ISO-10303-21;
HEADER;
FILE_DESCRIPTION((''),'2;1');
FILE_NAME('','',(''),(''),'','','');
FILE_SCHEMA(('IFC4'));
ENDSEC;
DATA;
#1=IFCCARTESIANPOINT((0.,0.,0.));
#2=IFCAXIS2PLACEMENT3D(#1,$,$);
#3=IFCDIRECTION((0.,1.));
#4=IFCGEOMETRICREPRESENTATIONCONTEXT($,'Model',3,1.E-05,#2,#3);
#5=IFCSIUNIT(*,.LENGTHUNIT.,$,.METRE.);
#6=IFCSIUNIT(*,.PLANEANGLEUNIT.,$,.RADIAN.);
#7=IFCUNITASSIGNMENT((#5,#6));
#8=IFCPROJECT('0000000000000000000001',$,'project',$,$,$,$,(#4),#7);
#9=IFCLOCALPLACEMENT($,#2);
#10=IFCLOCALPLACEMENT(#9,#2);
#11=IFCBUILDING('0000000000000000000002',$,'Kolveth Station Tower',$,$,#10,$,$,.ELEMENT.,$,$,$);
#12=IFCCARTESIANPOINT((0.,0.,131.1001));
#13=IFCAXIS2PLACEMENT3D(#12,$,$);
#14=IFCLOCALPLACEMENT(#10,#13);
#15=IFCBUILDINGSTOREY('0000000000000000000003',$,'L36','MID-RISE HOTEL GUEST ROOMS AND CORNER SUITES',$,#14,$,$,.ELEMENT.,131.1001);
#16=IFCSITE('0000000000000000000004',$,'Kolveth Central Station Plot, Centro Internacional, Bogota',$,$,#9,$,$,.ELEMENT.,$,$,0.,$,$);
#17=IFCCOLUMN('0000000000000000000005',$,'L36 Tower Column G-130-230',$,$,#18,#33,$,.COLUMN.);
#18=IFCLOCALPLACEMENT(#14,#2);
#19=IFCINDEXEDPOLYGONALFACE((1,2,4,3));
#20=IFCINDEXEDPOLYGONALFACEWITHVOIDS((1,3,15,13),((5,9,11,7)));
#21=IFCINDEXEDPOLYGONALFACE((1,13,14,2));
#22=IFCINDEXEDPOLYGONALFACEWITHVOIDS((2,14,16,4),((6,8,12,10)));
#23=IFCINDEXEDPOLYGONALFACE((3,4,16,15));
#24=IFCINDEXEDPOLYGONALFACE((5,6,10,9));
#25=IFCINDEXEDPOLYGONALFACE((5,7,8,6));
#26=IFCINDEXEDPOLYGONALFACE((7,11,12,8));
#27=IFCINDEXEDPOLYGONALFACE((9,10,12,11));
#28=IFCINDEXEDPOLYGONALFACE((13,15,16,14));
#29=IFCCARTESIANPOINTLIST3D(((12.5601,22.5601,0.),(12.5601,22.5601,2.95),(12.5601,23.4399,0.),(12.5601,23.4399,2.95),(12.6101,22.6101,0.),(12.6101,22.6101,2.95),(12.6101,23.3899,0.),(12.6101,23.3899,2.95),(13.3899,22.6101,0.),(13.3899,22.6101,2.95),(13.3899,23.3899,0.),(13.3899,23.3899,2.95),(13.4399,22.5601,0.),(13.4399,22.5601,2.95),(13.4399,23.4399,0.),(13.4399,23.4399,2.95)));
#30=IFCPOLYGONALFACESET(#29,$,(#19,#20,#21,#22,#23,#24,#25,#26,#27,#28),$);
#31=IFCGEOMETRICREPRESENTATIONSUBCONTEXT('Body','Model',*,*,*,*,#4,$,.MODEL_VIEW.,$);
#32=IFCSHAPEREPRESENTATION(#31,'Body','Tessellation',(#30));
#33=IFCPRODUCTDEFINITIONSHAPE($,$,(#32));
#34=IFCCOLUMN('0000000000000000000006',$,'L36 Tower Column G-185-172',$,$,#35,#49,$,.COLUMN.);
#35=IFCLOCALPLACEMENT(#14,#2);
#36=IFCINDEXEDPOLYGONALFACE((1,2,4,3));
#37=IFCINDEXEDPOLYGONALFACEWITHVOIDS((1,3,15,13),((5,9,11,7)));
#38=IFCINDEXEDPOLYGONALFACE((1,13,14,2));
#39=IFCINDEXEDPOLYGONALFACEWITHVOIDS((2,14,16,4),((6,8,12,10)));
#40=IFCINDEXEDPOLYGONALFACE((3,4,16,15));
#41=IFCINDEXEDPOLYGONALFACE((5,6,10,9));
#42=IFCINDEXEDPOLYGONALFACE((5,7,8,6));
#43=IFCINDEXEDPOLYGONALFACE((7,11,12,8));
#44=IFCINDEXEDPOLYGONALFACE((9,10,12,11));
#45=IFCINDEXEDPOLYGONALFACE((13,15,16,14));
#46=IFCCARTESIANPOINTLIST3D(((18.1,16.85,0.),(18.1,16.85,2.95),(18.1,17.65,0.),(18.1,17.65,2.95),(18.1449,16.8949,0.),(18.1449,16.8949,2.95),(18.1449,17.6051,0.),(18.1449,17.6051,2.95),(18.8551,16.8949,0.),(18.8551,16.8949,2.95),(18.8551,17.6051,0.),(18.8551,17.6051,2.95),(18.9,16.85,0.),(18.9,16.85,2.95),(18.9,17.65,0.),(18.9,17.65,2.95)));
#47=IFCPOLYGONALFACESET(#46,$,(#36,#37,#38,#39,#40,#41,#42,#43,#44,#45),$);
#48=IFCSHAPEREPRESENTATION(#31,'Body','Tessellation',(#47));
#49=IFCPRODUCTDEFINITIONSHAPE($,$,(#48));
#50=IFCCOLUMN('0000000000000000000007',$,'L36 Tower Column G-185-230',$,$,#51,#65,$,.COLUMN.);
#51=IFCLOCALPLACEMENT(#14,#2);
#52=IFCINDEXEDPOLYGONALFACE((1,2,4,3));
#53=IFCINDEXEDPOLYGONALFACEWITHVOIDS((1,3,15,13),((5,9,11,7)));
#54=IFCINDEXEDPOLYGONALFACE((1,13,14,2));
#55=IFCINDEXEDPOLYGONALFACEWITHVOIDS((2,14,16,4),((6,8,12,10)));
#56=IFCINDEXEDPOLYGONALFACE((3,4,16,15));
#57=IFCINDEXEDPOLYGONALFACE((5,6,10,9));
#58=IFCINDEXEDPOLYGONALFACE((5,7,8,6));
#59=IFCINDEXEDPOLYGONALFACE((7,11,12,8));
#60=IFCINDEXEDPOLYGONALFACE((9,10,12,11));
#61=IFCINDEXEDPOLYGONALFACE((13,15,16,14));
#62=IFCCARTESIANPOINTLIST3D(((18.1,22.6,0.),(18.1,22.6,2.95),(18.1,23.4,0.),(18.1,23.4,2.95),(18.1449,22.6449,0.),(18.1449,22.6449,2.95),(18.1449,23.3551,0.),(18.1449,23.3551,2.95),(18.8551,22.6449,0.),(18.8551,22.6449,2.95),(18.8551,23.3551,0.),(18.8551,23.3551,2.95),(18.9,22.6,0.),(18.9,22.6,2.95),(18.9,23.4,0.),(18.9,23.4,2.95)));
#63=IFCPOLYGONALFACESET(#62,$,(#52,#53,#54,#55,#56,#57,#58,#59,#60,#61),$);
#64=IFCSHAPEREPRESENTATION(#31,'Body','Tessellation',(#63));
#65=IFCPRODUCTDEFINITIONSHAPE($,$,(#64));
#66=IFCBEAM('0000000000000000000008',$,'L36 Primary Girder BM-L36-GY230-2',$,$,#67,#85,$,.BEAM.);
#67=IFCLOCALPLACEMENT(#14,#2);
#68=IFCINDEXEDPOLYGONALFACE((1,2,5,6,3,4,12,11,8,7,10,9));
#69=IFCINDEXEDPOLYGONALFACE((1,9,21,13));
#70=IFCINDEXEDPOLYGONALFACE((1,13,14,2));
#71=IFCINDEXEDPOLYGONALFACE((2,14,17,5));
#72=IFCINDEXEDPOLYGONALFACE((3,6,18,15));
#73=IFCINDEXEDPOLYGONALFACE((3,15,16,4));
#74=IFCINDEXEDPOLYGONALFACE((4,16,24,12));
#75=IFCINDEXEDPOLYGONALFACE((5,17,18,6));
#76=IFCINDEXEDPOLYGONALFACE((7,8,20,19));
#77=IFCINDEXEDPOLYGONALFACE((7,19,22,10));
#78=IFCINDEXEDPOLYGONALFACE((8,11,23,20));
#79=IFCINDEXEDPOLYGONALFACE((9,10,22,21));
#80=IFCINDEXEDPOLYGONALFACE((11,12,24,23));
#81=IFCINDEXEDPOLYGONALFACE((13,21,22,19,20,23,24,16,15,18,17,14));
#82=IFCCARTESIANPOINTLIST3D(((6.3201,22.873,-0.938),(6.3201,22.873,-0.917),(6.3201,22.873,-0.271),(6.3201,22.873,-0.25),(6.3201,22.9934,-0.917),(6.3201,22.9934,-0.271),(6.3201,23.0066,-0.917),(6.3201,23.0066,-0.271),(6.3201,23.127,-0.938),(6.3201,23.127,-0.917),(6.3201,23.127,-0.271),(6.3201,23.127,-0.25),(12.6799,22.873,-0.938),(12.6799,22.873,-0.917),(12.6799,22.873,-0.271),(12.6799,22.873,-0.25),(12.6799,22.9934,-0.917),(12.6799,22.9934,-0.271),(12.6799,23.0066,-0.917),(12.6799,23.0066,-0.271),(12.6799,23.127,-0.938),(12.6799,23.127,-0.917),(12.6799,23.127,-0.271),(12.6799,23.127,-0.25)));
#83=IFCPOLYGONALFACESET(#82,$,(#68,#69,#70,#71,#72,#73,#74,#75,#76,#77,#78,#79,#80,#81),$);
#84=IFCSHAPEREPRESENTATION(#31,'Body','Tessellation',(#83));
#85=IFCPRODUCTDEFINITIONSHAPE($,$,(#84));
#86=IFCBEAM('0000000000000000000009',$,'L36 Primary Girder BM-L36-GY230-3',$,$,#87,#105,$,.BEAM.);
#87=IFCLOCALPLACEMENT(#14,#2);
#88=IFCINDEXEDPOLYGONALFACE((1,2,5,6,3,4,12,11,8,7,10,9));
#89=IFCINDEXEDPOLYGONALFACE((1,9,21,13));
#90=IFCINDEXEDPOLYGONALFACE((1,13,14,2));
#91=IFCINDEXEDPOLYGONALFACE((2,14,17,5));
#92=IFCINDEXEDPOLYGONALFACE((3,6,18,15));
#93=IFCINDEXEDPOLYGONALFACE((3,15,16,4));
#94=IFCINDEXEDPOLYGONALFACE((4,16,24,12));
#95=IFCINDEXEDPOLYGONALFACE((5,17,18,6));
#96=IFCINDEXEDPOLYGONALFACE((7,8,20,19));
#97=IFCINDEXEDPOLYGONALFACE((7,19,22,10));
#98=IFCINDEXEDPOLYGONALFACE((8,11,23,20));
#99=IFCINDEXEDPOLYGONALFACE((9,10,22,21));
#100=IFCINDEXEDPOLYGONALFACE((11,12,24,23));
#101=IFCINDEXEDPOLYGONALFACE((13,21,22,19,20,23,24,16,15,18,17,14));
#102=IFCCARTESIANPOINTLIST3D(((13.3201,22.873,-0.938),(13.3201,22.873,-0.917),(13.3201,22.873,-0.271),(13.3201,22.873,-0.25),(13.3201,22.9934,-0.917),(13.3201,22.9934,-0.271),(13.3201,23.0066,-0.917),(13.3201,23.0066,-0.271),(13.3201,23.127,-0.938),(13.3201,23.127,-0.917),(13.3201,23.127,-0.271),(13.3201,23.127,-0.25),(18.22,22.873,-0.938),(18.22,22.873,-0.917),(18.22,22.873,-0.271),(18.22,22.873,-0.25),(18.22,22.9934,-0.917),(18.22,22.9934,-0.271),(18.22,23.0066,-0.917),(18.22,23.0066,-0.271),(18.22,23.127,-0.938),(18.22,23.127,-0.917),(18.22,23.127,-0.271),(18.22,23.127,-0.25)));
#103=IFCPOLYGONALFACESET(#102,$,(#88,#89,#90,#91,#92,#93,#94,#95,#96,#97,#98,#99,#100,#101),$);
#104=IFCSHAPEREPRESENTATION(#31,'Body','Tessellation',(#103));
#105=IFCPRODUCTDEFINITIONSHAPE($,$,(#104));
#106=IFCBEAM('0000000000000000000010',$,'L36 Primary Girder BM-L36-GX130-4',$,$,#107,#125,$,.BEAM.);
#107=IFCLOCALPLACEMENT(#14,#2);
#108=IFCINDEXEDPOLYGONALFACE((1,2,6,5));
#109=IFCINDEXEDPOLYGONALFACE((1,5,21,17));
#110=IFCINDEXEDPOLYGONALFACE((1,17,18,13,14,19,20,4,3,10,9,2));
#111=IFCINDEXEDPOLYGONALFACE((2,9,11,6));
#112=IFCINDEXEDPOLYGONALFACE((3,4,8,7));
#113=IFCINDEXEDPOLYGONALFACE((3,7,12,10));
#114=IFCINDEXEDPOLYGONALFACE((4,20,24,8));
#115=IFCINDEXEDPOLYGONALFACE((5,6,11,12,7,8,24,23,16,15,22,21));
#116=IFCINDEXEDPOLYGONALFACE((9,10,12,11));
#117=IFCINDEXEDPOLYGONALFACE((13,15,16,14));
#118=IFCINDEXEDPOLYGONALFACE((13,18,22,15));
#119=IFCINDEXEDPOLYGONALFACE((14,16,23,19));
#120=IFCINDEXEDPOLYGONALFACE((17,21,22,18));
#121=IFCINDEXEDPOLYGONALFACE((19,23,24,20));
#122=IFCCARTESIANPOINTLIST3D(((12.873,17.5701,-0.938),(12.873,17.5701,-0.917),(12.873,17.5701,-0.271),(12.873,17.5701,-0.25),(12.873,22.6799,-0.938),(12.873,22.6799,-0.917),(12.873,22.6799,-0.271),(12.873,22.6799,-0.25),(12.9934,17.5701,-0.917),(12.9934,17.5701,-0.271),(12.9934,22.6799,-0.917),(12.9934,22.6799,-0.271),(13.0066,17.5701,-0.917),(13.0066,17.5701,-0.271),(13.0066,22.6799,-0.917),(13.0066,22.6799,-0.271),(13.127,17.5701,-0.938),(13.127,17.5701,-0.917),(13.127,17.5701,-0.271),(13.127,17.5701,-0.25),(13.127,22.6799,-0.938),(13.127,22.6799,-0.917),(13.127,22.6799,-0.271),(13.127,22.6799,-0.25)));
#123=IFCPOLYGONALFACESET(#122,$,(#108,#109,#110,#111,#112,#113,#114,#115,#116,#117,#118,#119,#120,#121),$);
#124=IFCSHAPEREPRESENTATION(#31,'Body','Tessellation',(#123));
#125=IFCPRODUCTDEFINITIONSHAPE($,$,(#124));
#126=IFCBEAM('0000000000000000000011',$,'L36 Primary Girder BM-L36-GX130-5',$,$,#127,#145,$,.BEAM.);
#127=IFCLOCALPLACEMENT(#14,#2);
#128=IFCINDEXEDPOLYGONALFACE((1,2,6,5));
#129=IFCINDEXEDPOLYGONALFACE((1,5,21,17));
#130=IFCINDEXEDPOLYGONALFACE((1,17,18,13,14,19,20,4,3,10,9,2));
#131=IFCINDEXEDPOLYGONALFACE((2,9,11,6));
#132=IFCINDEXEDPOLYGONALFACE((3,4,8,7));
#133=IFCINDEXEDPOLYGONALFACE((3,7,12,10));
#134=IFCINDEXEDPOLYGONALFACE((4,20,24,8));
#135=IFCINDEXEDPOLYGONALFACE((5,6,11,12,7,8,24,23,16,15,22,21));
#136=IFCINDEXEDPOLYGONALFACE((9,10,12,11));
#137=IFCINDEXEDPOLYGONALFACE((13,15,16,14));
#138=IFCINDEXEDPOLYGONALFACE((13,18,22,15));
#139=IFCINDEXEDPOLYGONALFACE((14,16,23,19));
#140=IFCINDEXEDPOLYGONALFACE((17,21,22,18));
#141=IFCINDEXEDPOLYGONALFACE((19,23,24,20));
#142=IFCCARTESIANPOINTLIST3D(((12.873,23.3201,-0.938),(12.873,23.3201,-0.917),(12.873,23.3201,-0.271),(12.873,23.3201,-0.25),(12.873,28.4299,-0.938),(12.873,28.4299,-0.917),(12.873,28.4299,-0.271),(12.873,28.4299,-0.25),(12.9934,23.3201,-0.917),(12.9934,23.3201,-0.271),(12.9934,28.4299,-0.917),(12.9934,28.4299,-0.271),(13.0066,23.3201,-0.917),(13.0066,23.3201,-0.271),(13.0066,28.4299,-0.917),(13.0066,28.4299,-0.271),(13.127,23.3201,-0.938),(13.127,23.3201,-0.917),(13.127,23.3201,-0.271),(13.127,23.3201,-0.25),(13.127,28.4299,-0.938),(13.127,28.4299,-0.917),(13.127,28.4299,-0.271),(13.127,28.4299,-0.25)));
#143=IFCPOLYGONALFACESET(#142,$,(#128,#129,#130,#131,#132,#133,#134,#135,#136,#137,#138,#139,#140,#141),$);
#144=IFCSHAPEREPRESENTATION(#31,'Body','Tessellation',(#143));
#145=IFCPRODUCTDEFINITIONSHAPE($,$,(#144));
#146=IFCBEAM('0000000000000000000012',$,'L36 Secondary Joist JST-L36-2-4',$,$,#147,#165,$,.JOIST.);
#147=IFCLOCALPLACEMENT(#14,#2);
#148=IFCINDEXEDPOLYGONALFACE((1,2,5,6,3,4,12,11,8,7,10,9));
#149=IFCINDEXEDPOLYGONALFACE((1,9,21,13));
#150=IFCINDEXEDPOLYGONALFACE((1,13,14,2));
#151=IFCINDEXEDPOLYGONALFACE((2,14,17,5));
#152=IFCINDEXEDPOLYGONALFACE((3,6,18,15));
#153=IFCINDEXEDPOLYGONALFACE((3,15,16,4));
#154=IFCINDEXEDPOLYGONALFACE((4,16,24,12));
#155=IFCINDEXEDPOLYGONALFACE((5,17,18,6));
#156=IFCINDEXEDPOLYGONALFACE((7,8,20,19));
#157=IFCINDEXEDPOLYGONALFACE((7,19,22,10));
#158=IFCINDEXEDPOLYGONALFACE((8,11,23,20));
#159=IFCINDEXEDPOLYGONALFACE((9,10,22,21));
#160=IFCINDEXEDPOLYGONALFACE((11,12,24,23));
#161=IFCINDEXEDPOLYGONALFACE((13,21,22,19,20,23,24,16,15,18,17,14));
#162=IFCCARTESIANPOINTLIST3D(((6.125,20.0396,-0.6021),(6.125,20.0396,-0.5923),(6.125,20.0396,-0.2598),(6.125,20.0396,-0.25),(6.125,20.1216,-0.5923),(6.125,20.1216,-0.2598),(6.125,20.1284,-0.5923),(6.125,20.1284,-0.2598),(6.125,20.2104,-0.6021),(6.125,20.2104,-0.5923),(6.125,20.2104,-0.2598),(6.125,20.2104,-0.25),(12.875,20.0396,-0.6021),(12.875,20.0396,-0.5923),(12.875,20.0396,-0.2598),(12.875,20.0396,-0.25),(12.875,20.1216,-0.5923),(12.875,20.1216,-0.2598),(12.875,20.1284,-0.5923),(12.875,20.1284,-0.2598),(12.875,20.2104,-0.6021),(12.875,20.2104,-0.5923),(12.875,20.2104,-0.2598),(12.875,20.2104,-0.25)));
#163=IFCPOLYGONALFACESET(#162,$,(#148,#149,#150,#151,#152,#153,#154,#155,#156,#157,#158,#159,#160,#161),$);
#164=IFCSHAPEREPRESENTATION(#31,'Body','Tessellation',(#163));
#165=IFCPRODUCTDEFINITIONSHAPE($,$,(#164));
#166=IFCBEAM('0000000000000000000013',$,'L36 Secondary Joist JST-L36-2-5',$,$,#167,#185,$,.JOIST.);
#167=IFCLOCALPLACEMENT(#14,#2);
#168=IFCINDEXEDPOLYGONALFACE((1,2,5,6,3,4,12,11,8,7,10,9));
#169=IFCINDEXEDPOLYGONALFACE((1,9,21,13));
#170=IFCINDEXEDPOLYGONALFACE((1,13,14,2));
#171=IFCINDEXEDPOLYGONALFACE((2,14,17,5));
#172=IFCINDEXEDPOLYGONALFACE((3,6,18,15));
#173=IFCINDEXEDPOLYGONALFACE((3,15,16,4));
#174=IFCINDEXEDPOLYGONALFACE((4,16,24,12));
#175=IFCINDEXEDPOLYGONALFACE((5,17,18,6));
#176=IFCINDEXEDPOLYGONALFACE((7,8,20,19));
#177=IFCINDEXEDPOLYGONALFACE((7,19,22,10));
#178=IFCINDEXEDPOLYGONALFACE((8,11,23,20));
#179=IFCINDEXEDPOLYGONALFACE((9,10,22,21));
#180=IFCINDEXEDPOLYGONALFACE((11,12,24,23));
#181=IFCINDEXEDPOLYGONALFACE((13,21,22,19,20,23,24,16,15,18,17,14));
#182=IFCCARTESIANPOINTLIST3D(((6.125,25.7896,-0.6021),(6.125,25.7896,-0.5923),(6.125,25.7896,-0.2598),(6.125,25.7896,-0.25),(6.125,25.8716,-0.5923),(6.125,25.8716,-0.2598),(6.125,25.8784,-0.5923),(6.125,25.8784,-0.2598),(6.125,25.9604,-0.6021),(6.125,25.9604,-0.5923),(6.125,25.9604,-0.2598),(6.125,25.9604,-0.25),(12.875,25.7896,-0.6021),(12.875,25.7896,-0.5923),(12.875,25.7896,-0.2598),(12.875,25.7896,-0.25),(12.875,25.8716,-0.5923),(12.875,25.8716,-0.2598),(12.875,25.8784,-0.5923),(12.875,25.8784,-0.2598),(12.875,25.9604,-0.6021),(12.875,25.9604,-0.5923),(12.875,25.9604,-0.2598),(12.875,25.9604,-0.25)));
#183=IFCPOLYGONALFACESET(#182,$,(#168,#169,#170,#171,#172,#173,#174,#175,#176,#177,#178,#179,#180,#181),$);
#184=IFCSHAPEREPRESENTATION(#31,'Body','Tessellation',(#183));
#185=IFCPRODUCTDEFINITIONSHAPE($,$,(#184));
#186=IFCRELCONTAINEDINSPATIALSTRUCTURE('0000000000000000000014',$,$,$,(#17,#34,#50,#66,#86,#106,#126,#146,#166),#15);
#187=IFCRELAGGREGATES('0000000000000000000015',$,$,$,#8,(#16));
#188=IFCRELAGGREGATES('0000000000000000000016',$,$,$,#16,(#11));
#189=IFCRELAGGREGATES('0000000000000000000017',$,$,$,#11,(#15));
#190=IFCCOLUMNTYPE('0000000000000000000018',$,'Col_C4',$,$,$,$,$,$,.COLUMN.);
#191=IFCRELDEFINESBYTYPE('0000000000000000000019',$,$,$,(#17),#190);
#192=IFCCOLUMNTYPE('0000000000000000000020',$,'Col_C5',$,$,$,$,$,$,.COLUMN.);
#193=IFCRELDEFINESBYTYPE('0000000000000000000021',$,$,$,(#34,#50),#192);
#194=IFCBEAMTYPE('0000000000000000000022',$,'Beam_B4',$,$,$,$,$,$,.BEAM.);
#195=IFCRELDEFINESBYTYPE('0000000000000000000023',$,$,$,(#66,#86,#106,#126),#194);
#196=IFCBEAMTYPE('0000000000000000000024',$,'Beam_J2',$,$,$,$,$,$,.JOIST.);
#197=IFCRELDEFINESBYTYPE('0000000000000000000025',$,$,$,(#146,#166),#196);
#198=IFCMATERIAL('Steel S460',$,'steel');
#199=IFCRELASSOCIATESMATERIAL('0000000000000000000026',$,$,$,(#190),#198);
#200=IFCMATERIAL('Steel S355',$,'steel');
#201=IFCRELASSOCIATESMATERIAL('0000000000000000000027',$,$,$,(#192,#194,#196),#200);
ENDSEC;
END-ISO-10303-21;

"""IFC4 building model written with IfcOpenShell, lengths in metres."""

from ifc_helpers import new_model, si_unit, direction, frame, origin, origin_2d, place, context, subcontext, project, spatial, hollow_rectangle, i_section, extrude, source, transform, mapped, material, material_profile, profile_set, type_object, element, save


model = new_model("IFC4")

# Units and contexts
model_context = context("Model", 3, precision=1e-05, world=origin(), true_north=direction((0.0, 1.0)))
body_context = subcontext(model_context, "Body", "Model", "MODEL_VIEW")
ifc_project = project(units=[si_unit("LENGTHUNIT", "METRE"), si_unit("PLANEANGLEUNIT", "RADIAN")], contexts=[model_context])

# Site, building, storey
site_placement = place(None, origin())
site = spatial("IfcSite", under=ifc_project, at=site_placement, Name="Kolveth Central Station Plot, Centro Internacional, Bogota", CompositionType="ELEMENT", RefElevation=0.0)
building_placement = place(site_placement, origin())
building = spatial("IfcBuilding", under=site, at=building_placement, Name="Kolveth Station Tower", CompositionType="ELEMENT")
storey_placement = place(building_placement, frame((0.0, 0.0, 131.1001)))
storey = spatial("IfcBuildingStorey", under=building, at=storey_placement, Name="L36", Description="MID-RISE HOTEL GUEST ROOMS AND CORNER SUITES", CompositionType="ELEMENT", Elevation=131.1001)

# Columns
ifc_material_1 = material(Name="Steel S460", Category="steel")
ifc_material_profile_1 = material_profile(ifc_material_1, hollow_rectangle(XDim=0.8799, YDim=0.8799, WallThickness=0.05, at=origin_2d()), Name="BOX880x880x50")
ifc_profile_set_1 = profile_set([ifc_material_profile_1], Name="Steel S460")
column_type_1 = type_object("IfcColumnType", Name="Col_C4", PredefinedType="COLUMN", material=ifc_profile_set_1)
shared_shape_1 = source(origin(), body_context, "Body", "SweptSolid", [
    extrude(hollow_rectangle(XDim=0.8799, YDim=0.8799, WallThickness=0.05, at=origin_2d()), origin(), (0.0, 0.0, 1.0), 2.95),
])
column_placement = place(storey_placement, frame((13.0, 23.0, 0.0), z_axis=(0.0, 0.0, 1.0), x_axis=(1.0, 0.0, 0.0)))
element("IfcColumn", 1, at=column_placement, inside=storey, type_object=column_type_1, Name="L36 Tower Column G-130-230", PredefinedType="COLUMN", context=body_context, shape_type="MappedRepresentation", body=[
    mapped(shared_shape_1, transform((0.0, 0.0, 0.0), x_axis=(1.0, 0.0, 0.0), y_axis=(0.0, 1.0, 0.0), z_axis=(0.0, 0.0, 1.0), scale=1.0)),
])
ifc_material_2 = material(Name="Steel S355", Category="steel")
ifc_material_profile_2 = material_profile(ifc_material_2, hollow_rectangle(XDim=0.8, YDim=0.8, WallThickness=0.0449, at=origin_2d()), Name="BOX800x800x45")
ifc_profile_set_2 = profile_set([ifc_material_profile_2], Name="Steel S355")
column_type_2 = type_object("IfcColumnType", Name="Col_C5", PredefinedType="COLUMN", material=ifc_profile_set_2)
shared_shape_2 = source(origin(), body_context, "Body", "SweptSolid", [
    extrude(hollow_rectangle(XDim=0.8, YDim=0.8, WallThickness=0.0449, at=origin_2d()), origin(), (0.0, 0.0, 1.0), 2.95),
])
for number, where, z_axis, x_axis, name in (
    (2, (18.5, 17.25, 0.0), (0.0, 0.0, 1.0), (1.0, 0.0, 0.0), "L36 Tower Column G-185-172"),
    (3, (18.5, 23.0, 0.0), (0.0, 0.0, 1.0), (1.0, 0.0, 0.0), "L36 Tower Column G-185-230"),
):
    element("IfcColumn", number, at=place(storey_placement, frame(where, z_axis=z_axis, x_axis=x_axis)), inside=storey, type_object=column_type_2, Name=name, PredefinedType="COLUMN", context=body_context, shape_type="MappedRepresentation", body=[
        mapped(shared_shape_2, transform((0.0, 0.0, 0.0), x_axis=(1.0, 0.0, 0.0), y_axis=(0.0, 1.0, 0.0), z_axis=(0.0, 0.0, 1.0), scale=1.0)),
    ])

# Beams
ifc_material_profile_3 = material_profile(ifc_material_2, i_section(OverallWidth=0.2539, OverallDepth=0.688, WebThickness=0.0132, FlangeThickness=0.021, at=origin_2d()), Name="W690x152")
ifc_profile_set_3 = profile_set([ifc_material_profile_3], Name="Steel S355")
beam_type_1 = type_object("IfcBeamType", Name="Beam_B4", PredefinedType="BEAM", material=ifc_profile_set_3)
shared_shape_3 = source(origin(), body_context, "Body", "SweptSolid", [
    extrude(i_section(OverallWidth=0.2539, OverallDepth=0.688, WebThickness=0.0132, FlangeThickness=0.021, at=origin_2d()), origin(), (0.0, 0.0, 1.0), 6.3599),
])
beam_1_placement = place(storey_placement, frame((6.3201, 23.0, -0.594), z_axis=(1.0, 0.0, 0.0), x_axis=(0.0, 1.0, 0.0)))
element("IfcBeam", 4, at=beam_1_placement, inside=storey, type_object=beam_type_1, Name="L36 Primary Girder BM-L36-GY230-2", PredefinedType="BEAM", context=body_context, shape_type="MappedRepresentation", body=[
    mapped(shared_shape_3, transform((0.0, 0.0, 0.0), x_axis=(1.0, 0.0, 0.0), y_axis=(0.0, 1.0, 0.0), z_axis=(0.0, 0.0, 1.0), scale=1.0)),
])
shared_shape_4 = source(origin(), body_context, "Body", "SweptSolid", [
    extrude(i_section(OverallWidth=0.2539, OverallDepth=0.688, WebThickness=0.0132, FlangeThickness=0.021, at=origin_2d()), origin(), (0.0, 0.0, 1.0), 4.8999),
])
beam_2_placement = place(storey_placement, frame((13.3201, 23.0, -0.594), z_axis=(1.0, 0.0, 0.0), x_axis=(0.0, 1.0, 0.0)))
element("IfcBeam", 5, at=beam_2_placement, inside=storey, type_object=beam_type_1, Name="L36 Primary Girder BM-L36-GY230-3", PredefinedType="BEAM", context=body_context, shape_type="MappedRepresentation", body=[
    mapped(shared_shape_4, transform((0.0, 0.0, 0.0), x_axis=(1.0, 0.0, 0.0), y_axis=(0.0, 1.0, 0.0), z_axis=(0.0, 0.0, 1.0), scale=1.0)),
])
shared_shape_5 = source(origin(), body_context, "Body", "SweptSolid", [
    extrude(i_section(OverallWidth=0.2539, OverallDepth=0.688, WebThickness=0.0132, FlangeThickness=0.021, at=origin_2d()), origin(), (0.0, 0.0, 1.0), 5.1099),
])
for number, where, z_axis, x_axis, name in (
    (6, (13.0, 17.5701, -0.594), (0.0, 1.0, 0.0), (-1.0, 0.0, 0.0), "L36 Primary Girder BM-L36-GX130-4"),
    (7, (13.0, 23.3201, -0.594), (0.0, 1.0, 0.0), (-1.0, 0.0, 0.0), "L36 Primary Girder BM-L36-GX130-5"),
):
    element("IfcBeam", number, at=place(storey_placement, frame(where, z_axis=z_axis, x_axis=x_axis)), inside=storey, type_object=beam_type_1, Name=name, PredefinedType="BEAM", context=body_context, shape_type="MappedRepresentation", body=[
        mapped(shared_shape_5, transform((0.0, 0.0, 0.0), x_axis=(1.0, 0.0, 0.0), y_axis=(0.0, 1.0, 0.0), z_axis=(0.0, 0.0, 1.0), scale=1.0)),
    ])
ifc_material_profile_4 = material_profile(ifc_material_2, i_section(OverallWidth=0.1709, OverallDepth=0.3521, WebThickness=0.0068, FlangeThickness=0.0098, at=origin_2d()), Name="W360x44")
ifc_profile_set_4 = profile_set([ifc_material_profile_4], Name="Steel S355")
beam_type_2 = type_object("IfcBeamType", Name="Beam_J2", PredefinedType="JOIST", material=ifc_profile_set_4)
shared_shape_6 = source(origin(), body_context, "Body", "SweptSolid", [
    extrude(i_section(OverallWidth=0.1709, OverallDepth=0.3521, WebThickness=0.0068, FlangeThickness=0.0098, at=origin_2d()), origin(), (0.0, 0.0, 1.0), 6.75),
])
for number, where, z_axis, x_axis, name in (
    (8, (6.125, 20.125, -0.426), (1.0, 0.0, 0.0), (0.0, 1.0, 0.0), "L36 Secondary Joist JST-L36-2-4"),
    (9, (6.125, 25.875, -0.426), (1.0, 0.0, 0.0), (0.0, 1.0, 0.0), "L36 Secondary Joist JST-L36-2-5"),
):
    element("IfcBeam", number, at=place(storey_placement, frame(where, z_axis=z_axis, x_axis=x_axis)), inside=storey, type_object=beam_type_2, Name=name, PredefinedType="JOIST", context=body_context, shape_type="MappedRepresentation", body=[
        mapped(shared_shape_6, transform((0.0, 0.0, 0.0), x_axis=(1.0, 0.0, 0.0), y_axis=(0.0, 1.0, 0.0), z_axis=(0.0, 0.0, 1.0), scale=1.0)),
    ])

save(model, "model.ifc")
